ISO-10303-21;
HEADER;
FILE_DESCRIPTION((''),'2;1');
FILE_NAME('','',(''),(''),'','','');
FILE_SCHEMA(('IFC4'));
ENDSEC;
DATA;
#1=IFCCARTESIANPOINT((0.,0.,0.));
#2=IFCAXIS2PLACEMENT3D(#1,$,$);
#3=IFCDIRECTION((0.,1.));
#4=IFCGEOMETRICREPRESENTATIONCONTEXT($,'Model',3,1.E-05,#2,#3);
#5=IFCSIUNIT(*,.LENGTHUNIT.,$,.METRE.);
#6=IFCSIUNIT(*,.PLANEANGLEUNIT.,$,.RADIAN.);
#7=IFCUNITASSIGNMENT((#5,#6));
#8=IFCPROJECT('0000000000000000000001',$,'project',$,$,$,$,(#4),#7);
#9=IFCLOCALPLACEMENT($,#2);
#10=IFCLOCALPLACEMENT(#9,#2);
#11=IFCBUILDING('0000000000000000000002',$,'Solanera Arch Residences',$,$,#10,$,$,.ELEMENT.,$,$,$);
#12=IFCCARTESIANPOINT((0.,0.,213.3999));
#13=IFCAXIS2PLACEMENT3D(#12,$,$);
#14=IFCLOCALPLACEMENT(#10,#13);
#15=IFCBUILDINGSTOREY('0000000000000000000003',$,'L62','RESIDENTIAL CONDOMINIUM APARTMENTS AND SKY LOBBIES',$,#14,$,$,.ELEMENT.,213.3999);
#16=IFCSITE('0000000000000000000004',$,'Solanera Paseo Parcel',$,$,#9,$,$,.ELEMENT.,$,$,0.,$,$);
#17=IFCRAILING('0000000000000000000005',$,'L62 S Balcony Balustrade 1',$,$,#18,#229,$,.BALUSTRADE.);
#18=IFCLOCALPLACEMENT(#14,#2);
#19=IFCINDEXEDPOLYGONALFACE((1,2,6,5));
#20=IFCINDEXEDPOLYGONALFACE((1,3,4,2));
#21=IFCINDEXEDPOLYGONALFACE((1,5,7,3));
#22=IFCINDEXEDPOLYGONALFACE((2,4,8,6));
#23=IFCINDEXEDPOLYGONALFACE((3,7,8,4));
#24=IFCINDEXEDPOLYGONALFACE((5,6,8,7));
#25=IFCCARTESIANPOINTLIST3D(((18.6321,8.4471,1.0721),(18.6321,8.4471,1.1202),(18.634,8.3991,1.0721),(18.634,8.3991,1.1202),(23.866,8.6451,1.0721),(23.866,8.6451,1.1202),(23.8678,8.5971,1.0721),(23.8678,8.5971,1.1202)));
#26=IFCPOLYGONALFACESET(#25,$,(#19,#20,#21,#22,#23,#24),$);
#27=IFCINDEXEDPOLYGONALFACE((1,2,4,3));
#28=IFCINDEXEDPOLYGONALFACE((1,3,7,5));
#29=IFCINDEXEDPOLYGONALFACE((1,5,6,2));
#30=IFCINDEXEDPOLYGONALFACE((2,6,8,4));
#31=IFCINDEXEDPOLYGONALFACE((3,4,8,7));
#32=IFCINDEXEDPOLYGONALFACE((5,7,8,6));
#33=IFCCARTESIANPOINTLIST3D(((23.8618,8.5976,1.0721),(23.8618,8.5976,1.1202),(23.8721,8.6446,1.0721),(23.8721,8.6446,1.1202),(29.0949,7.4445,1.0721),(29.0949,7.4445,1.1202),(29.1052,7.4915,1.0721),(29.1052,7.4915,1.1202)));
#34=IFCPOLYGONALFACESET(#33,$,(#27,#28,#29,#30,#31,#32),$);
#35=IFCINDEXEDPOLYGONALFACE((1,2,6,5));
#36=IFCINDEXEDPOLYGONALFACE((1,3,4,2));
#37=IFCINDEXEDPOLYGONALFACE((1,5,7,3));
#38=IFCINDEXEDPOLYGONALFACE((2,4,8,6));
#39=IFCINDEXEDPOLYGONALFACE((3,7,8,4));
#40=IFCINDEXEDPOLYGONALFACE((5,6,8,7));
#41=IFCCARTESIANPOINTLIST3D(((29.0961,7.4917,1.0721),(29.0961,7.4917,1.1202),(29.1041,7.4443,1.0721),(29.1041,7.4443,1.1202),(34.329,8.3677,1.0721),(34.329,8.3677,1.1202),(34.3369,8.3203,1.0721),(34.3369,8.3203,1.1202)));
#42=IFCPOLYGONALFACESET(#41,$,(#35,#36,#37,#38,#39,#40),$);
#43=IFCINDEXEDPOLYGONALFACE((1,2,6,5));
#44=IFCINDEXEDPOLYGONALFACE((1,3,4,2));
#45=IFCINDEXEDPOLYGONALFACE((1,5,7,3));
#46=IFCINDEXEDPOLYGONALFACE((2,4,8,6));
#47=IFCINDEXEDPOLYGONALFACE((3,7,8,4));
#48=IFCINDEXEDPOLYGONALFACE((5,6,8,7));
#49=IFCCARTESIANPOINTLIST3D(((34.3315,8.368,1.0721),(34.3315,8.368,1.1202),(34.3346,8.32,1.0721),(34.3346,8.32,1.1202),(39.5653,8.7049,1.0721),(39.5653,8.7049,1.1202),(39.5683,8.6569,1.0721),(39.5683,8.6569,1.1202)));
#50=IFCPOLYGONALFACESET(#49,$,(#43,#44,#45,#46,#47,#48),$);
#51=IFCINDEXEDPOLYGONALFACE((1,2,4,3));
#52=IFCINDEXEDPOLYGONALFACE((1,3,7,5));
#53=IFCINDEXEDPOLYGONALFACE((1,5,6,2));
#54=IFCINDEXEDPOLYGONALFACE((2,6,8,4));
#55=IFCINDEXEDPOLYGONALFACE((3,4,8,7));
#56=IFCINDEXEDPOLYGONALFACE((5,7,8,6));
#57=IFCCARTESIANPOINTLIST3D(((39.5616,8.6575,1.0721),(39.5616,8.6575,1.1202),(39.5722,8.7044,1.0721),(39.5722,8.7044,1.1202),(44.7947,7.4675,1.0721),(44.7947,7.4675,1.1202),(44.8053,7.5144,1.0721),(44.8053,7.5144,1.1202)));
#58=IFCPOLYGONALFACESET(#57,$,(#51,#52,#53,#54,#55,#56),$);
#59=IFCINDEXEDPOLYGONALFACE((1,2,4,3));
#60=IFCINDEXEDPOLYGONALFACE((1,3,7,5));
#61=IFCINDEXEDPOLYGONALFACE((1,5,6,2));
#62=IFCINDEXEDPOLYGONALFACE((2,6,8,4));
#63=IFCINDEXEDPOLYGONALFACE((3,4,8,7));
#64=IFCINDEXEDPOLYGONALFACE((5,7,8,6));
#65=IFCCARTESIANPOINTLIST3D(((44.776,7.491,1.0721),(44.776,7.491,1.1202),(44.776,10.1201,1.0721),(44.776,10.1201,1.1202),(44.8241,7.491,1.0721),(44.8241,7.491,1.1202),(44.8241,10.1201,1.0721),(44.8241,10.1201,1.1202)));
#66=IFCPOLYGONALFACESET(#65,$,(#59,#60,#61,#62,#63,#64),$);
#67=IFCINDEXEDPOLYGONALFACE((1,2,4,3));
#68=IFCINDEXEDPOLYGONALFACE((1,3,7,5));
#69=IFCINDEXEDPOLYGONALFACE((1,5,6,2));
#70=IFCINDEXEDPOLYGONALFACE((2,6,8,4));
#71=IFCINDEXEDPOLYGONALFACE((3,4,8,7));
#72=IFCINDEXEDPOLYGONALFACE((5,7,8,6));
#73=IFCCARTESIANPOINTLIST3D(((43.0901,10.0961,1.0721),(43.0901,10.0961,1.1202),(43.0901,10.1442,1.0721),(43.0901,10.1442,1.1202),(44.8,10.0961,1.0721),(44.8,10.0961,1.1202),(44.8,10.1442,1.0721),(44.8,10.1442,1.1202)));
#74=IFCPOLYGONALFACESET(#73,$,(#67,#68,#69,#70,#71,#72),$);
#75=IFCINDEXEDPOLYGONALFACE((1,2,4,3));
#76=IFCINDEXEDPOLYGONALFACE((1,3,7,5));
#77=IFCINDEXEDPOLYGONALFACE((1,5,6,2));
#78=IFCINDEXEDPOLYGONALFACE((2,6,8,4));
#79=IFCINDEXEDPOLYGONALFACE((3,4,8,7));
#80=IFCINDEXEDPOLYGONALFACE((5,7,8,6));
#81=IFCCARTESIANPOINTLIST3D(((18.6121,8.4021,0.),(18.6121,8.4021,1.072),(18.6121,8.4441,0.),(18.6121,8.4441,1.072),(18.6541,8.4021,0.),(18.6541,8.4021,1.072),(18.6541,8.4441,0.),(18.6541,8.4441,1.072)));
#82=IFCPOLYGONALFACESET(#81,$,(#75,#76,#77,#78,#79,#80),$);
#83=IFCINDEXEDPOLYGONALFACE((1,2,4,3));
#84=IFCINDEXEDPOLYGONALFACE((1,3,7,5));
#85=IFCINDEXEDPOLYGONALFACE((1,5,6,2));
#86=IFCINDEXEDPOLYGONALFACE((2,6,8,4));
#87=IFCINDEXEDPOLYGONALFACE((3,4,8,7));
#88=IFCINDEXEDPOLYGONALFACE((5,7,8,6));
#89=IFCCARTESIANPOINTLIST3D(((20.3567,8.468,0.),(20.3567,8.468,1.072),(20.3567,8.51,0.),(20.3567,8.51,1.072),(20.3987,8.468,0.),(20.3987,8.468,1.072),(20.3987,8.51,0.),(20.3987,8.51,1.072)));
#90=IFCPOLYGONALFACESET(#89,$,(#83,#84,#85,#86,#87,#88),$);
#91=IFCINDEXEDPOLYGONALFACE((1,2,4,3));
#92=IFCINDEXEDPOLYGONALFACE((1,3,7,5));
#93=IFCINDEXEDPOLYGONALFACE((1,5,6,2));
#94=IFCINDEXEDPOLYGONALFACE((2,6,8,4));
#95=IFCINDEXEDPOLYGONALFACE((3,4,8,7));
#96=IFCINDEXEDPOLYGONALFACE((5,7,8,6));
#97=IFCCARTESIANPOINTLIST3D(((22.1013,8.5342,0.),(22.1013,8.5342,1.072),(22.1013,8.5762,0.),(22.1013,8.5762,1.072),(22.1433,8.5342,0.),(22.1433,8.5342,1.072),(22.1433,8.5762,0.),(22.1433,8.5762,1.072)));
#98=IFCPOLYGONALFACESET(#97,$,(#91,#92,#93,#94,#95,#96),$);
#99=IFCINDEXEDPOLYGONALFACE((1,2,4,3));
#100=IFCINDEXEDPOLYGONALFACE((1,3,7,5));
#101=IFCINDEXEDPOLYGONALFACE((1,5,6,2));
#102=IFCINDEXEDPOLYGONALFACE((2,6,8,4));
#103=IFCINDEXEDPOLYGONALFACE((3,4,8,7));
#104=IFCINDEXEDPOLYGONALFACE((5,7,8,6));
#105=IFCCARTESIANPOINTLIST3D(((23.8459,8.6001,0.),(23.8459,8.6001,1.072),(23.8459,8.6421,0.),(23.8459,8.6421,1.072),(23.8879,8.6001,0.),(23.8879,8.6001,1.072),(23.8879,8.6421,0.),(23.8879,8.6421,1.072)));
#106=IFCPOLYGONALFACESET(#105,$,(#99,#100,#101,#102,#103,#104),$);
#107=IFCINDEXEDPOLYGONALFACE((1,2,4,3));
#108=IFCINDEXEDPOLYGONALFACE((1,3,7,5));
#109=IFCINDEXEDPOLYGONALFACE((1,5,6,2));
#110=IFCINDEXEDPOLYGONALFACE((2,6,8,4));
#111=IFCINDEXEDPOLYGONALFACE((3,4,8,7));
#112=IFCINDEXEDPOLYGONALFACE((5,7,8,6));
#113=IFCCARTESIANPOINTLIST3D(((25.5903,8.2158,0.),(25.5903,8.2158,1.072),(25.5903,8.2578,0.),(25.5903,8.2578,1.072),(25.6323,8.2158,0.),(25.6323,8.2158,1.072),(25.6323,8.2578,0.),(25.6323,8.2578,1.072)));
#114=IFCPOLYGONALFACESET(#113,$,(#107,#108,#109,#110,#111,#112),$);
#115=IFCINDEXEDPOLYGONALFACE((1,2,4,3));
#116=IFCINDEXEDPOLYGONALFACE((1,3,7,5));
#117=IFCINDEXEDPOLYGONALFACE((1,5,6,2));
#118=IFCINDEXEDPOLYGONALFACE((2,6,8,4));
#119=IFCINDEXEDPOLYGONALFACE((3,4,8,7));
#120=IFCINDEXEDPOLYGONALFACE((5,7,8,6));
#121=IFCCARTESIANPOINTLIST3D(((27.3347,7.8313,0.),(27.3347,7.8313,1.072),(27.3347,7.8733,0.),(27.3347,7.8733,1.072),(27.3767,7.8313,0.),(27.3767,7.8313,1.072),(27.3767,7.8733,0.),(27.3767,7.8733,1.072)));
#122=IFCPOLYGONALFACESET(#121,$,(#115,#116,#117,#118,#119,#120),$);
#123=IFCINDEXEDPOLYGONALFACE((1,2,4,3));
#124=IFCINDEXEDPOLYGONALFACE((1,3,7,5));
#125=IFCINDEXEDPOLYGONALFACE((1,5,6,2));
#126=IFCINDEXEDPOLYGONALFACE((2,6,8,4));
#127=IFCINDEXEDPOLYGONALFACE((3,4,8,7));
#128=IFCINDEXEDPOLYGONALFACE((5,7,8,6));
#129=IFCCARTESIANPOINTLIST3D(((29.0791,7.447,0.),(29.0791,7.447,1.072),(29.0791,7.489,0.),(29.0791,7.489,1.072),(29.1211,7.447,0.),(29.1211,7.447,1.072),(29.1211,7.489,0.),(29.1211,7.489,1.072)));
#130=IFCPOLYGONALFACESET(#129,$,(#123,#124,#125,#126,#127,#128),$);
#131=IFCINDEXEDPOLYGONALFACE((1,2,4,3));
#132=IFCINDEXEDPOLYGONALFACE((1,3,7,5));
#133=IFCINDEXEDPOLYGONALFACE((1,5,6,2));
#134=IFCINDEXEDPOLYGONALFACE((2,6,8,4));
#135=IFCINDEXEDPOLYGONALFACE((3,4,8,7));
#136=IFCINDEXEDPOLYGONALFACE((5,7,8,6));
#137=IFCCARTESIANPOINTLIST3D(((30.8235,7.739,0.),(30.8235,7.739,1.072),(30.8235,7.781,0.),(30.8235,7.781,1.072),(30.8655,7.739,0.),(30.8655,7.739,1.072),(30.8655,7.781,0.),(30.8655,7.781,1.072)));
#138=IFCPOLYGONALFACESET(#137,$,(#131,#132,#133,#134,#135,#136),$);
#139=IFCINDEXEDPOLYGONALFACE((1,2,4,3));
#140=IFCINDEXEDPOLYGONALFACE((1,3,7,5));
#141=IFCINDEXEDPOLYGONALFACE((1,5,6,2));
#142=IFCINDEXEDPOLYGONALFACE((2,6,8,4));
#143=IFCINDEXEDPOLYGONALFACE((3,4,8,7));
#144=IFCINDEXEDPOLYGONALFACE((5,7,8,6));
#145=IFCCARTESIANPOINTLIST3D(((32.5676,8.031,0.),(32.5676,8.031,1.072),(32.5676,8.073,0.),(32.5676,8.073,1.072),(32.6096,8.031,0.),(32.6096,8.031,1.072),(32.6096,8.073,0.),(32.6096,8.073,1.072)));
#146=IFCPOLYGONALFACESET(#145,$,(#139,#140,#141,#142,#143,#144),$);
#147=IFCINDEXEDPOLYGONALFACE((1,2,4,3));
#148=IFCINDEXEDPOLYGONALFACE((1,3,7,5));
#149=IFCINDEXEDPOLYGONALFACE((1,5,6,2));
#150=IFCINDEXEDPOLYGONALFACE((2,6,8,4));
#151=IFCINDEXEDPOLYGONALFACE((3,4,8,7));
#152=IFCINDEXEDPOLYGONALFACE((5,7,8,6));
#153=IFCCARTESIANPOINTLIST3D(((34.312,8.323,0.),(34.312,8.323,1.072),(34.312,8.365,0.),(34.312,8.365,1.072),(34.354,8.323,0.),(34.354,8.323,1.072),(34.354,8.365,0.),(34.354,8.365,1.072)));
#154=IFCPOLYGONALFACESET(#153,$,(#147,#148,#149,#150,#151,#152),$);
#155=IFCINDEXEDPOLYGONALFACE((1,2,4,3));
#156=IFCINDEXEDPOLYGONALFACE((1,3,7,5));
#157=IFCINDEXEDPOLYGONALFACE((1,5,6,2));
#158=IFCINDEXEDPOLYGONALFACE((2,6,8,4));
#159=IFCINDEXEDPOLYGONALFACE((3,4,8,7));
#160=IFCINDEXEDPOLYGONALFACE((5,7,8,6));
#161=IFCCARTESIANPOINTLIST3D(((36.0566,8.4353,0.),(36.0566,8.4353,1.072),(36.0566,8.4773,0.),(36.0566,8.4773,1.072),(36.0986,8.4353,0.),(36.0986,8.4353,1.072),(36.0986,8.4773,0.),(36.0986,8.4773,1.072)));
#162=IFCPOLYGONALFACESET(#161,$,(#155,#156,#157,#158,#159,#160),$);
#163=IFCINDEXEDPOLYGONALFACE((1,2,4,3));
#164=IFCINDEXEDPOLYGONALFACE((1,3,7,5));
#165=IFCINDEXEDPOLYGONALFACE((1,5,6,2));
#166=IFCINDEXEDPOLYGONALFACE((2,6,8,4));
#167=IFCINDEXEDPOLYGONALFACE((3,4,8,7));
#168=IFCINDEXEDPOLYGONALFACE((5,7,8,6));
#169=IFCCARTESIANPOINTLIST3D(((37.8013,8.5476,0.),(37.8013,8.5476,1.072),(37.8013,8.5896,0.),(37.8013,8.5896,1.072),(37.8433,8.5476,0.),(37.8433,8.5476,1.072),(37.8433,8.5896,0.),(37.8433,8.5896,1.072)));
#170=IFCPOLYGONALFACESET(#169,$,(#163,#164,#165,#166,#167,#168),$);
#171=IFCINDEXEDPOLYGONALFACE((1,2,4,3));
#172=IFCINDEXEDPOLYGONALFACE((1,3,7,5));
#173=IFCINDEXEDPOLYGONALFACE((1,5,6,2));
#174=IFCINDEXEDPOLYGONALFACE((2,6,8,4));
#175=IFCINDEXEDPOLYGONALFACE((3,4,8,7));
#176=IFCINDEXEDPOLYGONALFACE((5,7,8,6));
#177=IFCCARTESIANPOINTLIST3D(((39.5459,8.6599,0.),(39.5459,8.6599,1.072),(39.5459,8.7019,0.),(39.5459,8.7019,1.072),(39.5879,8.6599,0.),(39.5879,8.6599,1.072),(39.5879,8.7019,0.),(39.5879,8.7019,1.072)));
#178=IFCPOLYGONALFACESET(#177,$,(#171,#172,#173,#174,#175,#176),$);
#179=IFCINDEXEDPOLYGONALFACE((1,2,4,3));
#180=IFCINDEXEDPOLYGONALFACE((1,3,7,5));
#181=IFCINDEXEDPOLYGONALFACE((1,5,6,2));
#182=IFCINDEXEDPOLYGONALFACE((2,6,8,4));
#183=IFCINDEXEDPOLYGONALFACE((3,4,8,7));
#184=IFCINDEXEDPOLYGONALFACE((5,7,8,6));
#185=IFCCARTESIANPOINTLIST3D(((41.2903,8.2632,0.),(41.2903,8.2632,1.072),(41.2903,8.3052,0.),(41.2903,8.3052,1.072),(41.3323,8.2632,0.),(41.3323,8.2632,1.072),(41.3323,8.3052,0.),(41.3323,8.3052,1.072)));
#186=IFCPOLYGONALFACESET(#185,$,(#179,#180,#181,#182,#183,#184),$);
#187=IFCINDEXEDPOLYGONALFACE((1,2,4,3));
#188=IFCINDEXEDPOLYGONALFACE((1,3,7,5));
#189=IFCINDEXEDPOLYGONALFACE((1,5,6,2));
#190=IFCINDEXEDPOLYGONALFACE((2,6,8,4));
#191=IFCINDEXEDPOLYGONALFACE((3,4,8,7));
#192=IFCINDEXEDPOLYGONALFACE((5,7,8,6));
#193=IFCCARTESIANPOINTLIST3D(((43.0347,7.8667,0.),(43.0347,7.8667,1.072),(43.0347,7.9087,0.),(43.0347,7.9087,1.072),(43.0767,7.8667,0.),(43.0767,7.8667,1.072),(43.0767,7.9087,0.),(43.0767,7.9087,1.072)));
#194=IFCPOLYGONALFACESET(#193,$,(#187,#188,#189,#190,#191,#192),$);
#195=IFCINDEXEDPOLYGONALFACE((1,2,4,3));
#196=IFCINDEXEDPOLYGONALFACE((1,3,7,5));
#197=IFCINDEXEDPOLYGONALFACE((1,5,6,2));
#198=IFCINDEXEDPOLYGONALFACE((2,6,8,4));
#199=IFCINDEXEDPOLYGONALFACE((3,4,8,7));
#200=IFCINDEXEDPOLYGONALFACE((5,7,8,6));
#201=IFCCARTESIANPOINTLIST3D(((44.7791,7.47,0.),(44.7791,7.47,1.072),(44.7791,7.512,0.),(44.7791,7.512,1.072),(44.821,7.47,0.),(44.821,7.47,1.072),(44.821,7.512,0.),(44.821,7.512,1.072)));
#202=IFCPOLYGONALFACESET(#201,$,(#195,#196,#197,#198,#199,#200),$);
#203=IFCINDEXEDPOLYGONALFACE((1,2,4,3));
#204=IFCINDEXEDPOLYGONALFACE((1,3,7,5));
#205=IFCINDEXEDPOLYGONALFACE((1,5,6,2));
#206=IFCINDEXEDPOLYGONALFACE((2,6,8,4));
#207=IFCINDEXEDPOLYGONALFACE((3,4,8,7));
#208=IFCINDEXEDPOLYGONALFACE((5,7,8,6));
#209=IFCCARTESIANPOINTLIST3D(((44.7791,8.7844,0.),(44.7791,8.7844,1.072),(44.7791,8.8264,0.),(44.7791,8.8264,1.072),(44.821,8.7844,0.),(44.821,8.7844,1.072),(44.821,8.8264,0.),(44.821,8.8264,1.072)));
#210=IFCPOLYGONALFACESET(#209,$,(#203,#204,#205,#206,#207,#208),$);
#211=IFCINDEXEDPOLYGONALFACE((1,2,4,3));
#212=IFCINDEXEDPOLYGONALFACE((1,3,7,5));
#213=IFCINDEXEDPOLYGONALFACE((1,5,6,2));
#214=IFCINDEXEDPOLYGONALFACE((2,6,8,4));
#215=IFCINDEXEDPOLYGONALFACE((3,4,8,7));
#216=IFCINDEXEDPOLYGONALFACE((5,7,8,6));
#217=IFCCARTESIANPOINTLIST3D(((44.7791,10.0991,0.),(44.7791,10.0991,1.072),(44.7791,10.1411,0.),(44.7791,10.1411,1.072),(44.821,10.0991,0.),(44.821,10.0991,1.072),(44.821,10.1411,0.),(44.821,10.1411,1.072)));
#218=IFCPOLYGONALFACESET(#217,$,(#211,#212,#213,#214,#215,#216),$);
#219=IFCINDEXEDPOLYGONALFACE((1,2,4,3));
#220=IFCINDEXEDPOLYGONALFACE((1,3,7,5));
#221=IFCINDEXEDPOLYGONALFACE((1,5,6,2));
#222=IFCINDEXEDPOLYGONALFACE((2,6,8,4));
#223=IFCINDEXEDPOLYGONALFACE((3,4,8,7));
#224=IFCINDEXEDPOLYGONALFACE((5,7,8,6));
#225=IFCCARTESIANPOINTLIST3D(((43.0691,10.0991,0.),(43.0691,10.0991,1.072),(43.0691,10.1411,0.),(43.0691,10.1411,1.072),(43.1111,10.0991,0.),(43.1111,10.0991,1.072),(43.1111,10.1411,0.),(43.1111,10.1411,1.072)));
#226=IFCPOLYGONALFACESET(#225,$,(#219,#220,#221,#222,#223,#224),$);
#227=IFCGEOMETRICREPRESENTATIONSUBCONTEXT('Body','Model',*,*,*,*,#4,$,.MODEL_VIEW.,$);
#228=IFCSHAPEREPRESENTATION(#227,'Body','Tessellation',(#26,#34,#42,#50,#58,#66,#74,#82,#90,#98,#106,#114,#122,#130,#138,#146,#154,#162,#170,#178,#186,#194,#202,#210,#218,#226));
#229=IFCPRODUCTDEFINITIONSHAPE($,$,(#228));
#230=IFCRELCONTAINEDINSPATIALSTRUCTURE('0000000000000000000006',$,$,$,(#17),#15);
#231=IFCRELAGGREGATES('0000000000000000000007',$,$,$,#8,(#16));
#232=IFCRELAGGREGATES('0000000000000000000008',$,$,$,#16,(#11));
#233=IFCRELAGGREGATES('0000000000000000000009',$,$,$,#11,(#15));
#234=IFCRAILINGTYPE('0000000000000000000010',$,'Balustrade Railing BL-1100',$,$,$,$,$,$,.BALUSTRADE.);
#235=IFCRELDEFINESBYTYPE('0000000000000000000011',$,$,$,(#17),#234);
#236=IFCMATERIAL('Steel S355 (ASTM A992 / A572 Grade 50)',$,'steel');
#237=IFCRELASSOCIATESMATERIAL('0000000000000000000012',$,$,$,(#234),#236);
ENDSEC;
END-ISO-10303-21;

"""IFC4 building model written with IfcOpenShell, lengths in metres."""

from ifc_helpers import new_model, si_unit, direction, frame, origin, origin_2d, place, context, subcontext, project, spatial, rectangle, extrude, material, type_object, element, save


model = new_model("IFC4")

# Units and contexts
model_context = context("Model", 3, precision=1e-05, world=origin(), true_north=direction((0.0, 1.0)))
body_context = subcontext(model_context, "Body", "Model", "MODEL_VIEW")
ifc_project = project(units=[si_unit("LENGTHUNIT", "METRE"), si_unit("PLANEANGLEUNIT", "RADIAN")], contexts=[model_context])

# Site, building, storey
site_placement = place(None, origin())
site = spatial("IfcSite", under=ifc_project, at=site_placement, Name="Solanera Paseo Parcel", CompositionType="ELEMENT", RefElevation=0.0)
building_placement = place(site_placement, origin())
building = spatial("IfcBuilding", under=site, at=building_placement, Name="Solanera Arch Residences", CompositionType="ELEMENT")
storey_placement = place(building_placement, frame((0.0, 0.0, 213.3999)))
storey = spatial("IfcBuildingStorey", under=building, at=storey_placement, Name="L62", Description="RESIDENTIAL CONDOMINIUM APARTMENTS AND SKY LOBBIES", CompositionType="ELEMENT", Elevation=213.3999)

# Railing
ifc_material_1 = material(Name="Steel S355 (ASTM A992 / A572 Grade 50)", Category="steel")
railing_type = type_object("IfcRailingType", Name="Balustrade Railing BL-1100", PredefinedType="BALUSTRADE", material=ifc_material_1)
railing_placement = place(storey_placement, frame((18.6331, 8.4231, 0.0)))
element("IfcRailing", 1, at=railing_placement, inside=storey, type_object=railing_type, Name="L62 S Balcony Balustrade 1", PredefinedType="BALUSTRADE", context=body_context, shape_type="SweptSolid", body=[
    extrude(rectangle(XDim=0.0481, YDim=0.0481, at=origin_2d()), frame((0.0, 0.0, 1.0962), z_axis=(0.999285, 0.037803, 0.0), x_axis=(-0.037803, 0.999285, 0.0)), (0.0, 0.0, 1.0), 5.2375),
    extrude(rectangle(XDim=0.0481, YDim=0.0481, at=origin_2d()), frame((5.2339, 0.198, 1.0962), z_axis=(0.976575, -0.215179, 0.0), x_axis=(0.215179, 0.976575, 0.0)), (0.0, 0.0, 1.0), 5.3586),
    extrude(rectangle(XDim=0.0481, YDim=0.0481, at=origin_2d()), frame((10.467, -0.9551, 1.0962), z_axis=(0.986277, 0.1651, 0.0), x_axis=(-0.1651, 0.986277, 0.0)), (0.0, 0.0, 1.0), 5.3057),
    extrude(rectangle(XDim=0.0481, YDim=0.0481, at=origin_2d()), frame((15.7, -0.0791, 1.0962), z_axis=(0.997935, 0.064239, 0.0), x_axis=(-0.064239, 0.997935, 0.0)), (0.0, 0.0, 1.0), 5.2446),
    extrude(rectangle(XDim=0.0481, YDim=0.0481, at=origin_2d()), frame((20.9338, 0.2578, 1.0962), z_axis=(0.975109, -0.221725, 0.0), x_axis=(0.221725, 0.975109, 0.0)), (0.0, 0.0, 1.0), 5.3667),
    extrude(rectangle(XDim=0.0481, YDim=0.0481, at=origin_2d()), frame((26.167, -0.9321, 1.0962), z_axis=(0.0, 1.0, 0.0), x_axis=(-1.0, 0.0, 0.0)), (0.0, 0.0, 1.0), 2.6292),
    extrude(rectangle(XDim=0.0481, YDim=0.0481, at=origin_2d()), frame((26.167, 1.697, 1.0962), z_axis=(-1.0, 0.0, 0.0), x_axis=(0.0, -1.0, 0.0)), (0.0, 0.0, 1.0), 1.71),
    extrude(rectangle(XDim=0.042, YDim=0.042, at=origin_2d()), origin(), (0.0, 0.0, 1.0), 1.072),
    extrude(rectangle(XDim=0.042, YDim=0.042, at=origin_2d()), frame((1.7446, 0.0659, 0.0)), (0.0, 0.0, 1.0), 1.072),
    extrude(rectangle(XDim=0.042, YDim=0.042, at=origin_2d()), frame((3.4893, 0.1321, 0.0)), (0.0, 0.0, 1.0), 1.072),
    extrude(rectangle(XDim=0.042, YDim=0.042, at=origin_2d()), frame((5.2339, 0.198, 0.0)), (0.0, 0.0, 1.0), 1.072),
    extrude(rectangle(XDim=0.042, YDim=0.042, at=origin_2d()), frame((6.9783, -0.1863, 0.0)), (0.0, 0.0, 1.0), 1.072),
    extrude(rectangle(XDim=0.042, YDim=0.042, at=origin_2d()), frame((8.7227, -0.5708, 0.0)), (0.0, 0.0, 1.0), 1.072),
    extrude(rectangle(XDim=0.042, YDim=0.042, at=origin_2d()), frame((10.467, -0.9551, 0.0)), (0.0, 0.0, 1.0), 1.072),
    extrude(rectangle(XDim=0.042, YDim=0.042, at=origin_2d()), frame((12.2114, -0.6631, 0.0)), (0.0, 0.0, 1.0), 1.072),
    extrude(rectangle(XDim=0.042, YDim=0.042, at=origin_2d()), frame((13.9556, -0.3711, 0.0)), (0.0, 0.0, 1.0), 1.072),
    extrude(rectangle(XDim=0.042, YDim=0.042, at=origin_2d()), frame((15.7, -0.0791, 0.0)), (0.0, 0.0, 1.0), 1.072),
    extrude(rectangle(XDim=0.042, YDim=0.042, at=origin_2d()), frame((17.4446, 0.0332, 0.0)), (0.0, 0.0, 1.0), 1.072),
    extrude(rectangle(XDim=0.042, YDim=0.042, at=origin_2d()), frame((19.1892, 0.1455, 0.0)), (0.0, 0.0, 1.0), 1.072),
    extrude(rectangle(XDim=0.042, YDim=0.042, at=origin_2d()), frame((20.9338, 0.2578, 0.0)), (0.0, 0.0, 1.0), 1.072),
    extrude(rectangle(XDim=0.042, YDim=0.042, at=origin_2d()), frame((22.6782, -0.1389, 0.0)), (0.0, 0.0, 1.0), 1.072),
    extrude(rectangle(XDim=0.042, YDim=0.042, at=origin_2d()), frame((24.4226, -0.5354, 0.0)), (0.0, 0.0, 1.0), 1.072),
    extrude(rectangle(XDim=0.042, YDim=0.042, at=origin_2d()), frame((26.167, -0.9321, 0.0)), (0.0, 0.0, 1.0), 1.072),
    extrude(rectangle(XDim=0.042, YDim=0.042, at=origin_2d()), frame((26.167, 0.3823, 0.0)), (0.0, 0.0, 1.0), 1.072),
    extrude(rectangle(XDim=0.042, YDim=0.042, at=origin_2d()), frame((26.167, 1.697, 0.0)), (0.0, 0.0, 1.0), 1.072),
    extrude(rectangle(XDim=0.042, YDim=0.042, at=origin_2d()), frame((24.457, 1.697, 0.0)), (0.0, 0.0, 1.0), 1.072),
])

save(model, "model.ifc")
